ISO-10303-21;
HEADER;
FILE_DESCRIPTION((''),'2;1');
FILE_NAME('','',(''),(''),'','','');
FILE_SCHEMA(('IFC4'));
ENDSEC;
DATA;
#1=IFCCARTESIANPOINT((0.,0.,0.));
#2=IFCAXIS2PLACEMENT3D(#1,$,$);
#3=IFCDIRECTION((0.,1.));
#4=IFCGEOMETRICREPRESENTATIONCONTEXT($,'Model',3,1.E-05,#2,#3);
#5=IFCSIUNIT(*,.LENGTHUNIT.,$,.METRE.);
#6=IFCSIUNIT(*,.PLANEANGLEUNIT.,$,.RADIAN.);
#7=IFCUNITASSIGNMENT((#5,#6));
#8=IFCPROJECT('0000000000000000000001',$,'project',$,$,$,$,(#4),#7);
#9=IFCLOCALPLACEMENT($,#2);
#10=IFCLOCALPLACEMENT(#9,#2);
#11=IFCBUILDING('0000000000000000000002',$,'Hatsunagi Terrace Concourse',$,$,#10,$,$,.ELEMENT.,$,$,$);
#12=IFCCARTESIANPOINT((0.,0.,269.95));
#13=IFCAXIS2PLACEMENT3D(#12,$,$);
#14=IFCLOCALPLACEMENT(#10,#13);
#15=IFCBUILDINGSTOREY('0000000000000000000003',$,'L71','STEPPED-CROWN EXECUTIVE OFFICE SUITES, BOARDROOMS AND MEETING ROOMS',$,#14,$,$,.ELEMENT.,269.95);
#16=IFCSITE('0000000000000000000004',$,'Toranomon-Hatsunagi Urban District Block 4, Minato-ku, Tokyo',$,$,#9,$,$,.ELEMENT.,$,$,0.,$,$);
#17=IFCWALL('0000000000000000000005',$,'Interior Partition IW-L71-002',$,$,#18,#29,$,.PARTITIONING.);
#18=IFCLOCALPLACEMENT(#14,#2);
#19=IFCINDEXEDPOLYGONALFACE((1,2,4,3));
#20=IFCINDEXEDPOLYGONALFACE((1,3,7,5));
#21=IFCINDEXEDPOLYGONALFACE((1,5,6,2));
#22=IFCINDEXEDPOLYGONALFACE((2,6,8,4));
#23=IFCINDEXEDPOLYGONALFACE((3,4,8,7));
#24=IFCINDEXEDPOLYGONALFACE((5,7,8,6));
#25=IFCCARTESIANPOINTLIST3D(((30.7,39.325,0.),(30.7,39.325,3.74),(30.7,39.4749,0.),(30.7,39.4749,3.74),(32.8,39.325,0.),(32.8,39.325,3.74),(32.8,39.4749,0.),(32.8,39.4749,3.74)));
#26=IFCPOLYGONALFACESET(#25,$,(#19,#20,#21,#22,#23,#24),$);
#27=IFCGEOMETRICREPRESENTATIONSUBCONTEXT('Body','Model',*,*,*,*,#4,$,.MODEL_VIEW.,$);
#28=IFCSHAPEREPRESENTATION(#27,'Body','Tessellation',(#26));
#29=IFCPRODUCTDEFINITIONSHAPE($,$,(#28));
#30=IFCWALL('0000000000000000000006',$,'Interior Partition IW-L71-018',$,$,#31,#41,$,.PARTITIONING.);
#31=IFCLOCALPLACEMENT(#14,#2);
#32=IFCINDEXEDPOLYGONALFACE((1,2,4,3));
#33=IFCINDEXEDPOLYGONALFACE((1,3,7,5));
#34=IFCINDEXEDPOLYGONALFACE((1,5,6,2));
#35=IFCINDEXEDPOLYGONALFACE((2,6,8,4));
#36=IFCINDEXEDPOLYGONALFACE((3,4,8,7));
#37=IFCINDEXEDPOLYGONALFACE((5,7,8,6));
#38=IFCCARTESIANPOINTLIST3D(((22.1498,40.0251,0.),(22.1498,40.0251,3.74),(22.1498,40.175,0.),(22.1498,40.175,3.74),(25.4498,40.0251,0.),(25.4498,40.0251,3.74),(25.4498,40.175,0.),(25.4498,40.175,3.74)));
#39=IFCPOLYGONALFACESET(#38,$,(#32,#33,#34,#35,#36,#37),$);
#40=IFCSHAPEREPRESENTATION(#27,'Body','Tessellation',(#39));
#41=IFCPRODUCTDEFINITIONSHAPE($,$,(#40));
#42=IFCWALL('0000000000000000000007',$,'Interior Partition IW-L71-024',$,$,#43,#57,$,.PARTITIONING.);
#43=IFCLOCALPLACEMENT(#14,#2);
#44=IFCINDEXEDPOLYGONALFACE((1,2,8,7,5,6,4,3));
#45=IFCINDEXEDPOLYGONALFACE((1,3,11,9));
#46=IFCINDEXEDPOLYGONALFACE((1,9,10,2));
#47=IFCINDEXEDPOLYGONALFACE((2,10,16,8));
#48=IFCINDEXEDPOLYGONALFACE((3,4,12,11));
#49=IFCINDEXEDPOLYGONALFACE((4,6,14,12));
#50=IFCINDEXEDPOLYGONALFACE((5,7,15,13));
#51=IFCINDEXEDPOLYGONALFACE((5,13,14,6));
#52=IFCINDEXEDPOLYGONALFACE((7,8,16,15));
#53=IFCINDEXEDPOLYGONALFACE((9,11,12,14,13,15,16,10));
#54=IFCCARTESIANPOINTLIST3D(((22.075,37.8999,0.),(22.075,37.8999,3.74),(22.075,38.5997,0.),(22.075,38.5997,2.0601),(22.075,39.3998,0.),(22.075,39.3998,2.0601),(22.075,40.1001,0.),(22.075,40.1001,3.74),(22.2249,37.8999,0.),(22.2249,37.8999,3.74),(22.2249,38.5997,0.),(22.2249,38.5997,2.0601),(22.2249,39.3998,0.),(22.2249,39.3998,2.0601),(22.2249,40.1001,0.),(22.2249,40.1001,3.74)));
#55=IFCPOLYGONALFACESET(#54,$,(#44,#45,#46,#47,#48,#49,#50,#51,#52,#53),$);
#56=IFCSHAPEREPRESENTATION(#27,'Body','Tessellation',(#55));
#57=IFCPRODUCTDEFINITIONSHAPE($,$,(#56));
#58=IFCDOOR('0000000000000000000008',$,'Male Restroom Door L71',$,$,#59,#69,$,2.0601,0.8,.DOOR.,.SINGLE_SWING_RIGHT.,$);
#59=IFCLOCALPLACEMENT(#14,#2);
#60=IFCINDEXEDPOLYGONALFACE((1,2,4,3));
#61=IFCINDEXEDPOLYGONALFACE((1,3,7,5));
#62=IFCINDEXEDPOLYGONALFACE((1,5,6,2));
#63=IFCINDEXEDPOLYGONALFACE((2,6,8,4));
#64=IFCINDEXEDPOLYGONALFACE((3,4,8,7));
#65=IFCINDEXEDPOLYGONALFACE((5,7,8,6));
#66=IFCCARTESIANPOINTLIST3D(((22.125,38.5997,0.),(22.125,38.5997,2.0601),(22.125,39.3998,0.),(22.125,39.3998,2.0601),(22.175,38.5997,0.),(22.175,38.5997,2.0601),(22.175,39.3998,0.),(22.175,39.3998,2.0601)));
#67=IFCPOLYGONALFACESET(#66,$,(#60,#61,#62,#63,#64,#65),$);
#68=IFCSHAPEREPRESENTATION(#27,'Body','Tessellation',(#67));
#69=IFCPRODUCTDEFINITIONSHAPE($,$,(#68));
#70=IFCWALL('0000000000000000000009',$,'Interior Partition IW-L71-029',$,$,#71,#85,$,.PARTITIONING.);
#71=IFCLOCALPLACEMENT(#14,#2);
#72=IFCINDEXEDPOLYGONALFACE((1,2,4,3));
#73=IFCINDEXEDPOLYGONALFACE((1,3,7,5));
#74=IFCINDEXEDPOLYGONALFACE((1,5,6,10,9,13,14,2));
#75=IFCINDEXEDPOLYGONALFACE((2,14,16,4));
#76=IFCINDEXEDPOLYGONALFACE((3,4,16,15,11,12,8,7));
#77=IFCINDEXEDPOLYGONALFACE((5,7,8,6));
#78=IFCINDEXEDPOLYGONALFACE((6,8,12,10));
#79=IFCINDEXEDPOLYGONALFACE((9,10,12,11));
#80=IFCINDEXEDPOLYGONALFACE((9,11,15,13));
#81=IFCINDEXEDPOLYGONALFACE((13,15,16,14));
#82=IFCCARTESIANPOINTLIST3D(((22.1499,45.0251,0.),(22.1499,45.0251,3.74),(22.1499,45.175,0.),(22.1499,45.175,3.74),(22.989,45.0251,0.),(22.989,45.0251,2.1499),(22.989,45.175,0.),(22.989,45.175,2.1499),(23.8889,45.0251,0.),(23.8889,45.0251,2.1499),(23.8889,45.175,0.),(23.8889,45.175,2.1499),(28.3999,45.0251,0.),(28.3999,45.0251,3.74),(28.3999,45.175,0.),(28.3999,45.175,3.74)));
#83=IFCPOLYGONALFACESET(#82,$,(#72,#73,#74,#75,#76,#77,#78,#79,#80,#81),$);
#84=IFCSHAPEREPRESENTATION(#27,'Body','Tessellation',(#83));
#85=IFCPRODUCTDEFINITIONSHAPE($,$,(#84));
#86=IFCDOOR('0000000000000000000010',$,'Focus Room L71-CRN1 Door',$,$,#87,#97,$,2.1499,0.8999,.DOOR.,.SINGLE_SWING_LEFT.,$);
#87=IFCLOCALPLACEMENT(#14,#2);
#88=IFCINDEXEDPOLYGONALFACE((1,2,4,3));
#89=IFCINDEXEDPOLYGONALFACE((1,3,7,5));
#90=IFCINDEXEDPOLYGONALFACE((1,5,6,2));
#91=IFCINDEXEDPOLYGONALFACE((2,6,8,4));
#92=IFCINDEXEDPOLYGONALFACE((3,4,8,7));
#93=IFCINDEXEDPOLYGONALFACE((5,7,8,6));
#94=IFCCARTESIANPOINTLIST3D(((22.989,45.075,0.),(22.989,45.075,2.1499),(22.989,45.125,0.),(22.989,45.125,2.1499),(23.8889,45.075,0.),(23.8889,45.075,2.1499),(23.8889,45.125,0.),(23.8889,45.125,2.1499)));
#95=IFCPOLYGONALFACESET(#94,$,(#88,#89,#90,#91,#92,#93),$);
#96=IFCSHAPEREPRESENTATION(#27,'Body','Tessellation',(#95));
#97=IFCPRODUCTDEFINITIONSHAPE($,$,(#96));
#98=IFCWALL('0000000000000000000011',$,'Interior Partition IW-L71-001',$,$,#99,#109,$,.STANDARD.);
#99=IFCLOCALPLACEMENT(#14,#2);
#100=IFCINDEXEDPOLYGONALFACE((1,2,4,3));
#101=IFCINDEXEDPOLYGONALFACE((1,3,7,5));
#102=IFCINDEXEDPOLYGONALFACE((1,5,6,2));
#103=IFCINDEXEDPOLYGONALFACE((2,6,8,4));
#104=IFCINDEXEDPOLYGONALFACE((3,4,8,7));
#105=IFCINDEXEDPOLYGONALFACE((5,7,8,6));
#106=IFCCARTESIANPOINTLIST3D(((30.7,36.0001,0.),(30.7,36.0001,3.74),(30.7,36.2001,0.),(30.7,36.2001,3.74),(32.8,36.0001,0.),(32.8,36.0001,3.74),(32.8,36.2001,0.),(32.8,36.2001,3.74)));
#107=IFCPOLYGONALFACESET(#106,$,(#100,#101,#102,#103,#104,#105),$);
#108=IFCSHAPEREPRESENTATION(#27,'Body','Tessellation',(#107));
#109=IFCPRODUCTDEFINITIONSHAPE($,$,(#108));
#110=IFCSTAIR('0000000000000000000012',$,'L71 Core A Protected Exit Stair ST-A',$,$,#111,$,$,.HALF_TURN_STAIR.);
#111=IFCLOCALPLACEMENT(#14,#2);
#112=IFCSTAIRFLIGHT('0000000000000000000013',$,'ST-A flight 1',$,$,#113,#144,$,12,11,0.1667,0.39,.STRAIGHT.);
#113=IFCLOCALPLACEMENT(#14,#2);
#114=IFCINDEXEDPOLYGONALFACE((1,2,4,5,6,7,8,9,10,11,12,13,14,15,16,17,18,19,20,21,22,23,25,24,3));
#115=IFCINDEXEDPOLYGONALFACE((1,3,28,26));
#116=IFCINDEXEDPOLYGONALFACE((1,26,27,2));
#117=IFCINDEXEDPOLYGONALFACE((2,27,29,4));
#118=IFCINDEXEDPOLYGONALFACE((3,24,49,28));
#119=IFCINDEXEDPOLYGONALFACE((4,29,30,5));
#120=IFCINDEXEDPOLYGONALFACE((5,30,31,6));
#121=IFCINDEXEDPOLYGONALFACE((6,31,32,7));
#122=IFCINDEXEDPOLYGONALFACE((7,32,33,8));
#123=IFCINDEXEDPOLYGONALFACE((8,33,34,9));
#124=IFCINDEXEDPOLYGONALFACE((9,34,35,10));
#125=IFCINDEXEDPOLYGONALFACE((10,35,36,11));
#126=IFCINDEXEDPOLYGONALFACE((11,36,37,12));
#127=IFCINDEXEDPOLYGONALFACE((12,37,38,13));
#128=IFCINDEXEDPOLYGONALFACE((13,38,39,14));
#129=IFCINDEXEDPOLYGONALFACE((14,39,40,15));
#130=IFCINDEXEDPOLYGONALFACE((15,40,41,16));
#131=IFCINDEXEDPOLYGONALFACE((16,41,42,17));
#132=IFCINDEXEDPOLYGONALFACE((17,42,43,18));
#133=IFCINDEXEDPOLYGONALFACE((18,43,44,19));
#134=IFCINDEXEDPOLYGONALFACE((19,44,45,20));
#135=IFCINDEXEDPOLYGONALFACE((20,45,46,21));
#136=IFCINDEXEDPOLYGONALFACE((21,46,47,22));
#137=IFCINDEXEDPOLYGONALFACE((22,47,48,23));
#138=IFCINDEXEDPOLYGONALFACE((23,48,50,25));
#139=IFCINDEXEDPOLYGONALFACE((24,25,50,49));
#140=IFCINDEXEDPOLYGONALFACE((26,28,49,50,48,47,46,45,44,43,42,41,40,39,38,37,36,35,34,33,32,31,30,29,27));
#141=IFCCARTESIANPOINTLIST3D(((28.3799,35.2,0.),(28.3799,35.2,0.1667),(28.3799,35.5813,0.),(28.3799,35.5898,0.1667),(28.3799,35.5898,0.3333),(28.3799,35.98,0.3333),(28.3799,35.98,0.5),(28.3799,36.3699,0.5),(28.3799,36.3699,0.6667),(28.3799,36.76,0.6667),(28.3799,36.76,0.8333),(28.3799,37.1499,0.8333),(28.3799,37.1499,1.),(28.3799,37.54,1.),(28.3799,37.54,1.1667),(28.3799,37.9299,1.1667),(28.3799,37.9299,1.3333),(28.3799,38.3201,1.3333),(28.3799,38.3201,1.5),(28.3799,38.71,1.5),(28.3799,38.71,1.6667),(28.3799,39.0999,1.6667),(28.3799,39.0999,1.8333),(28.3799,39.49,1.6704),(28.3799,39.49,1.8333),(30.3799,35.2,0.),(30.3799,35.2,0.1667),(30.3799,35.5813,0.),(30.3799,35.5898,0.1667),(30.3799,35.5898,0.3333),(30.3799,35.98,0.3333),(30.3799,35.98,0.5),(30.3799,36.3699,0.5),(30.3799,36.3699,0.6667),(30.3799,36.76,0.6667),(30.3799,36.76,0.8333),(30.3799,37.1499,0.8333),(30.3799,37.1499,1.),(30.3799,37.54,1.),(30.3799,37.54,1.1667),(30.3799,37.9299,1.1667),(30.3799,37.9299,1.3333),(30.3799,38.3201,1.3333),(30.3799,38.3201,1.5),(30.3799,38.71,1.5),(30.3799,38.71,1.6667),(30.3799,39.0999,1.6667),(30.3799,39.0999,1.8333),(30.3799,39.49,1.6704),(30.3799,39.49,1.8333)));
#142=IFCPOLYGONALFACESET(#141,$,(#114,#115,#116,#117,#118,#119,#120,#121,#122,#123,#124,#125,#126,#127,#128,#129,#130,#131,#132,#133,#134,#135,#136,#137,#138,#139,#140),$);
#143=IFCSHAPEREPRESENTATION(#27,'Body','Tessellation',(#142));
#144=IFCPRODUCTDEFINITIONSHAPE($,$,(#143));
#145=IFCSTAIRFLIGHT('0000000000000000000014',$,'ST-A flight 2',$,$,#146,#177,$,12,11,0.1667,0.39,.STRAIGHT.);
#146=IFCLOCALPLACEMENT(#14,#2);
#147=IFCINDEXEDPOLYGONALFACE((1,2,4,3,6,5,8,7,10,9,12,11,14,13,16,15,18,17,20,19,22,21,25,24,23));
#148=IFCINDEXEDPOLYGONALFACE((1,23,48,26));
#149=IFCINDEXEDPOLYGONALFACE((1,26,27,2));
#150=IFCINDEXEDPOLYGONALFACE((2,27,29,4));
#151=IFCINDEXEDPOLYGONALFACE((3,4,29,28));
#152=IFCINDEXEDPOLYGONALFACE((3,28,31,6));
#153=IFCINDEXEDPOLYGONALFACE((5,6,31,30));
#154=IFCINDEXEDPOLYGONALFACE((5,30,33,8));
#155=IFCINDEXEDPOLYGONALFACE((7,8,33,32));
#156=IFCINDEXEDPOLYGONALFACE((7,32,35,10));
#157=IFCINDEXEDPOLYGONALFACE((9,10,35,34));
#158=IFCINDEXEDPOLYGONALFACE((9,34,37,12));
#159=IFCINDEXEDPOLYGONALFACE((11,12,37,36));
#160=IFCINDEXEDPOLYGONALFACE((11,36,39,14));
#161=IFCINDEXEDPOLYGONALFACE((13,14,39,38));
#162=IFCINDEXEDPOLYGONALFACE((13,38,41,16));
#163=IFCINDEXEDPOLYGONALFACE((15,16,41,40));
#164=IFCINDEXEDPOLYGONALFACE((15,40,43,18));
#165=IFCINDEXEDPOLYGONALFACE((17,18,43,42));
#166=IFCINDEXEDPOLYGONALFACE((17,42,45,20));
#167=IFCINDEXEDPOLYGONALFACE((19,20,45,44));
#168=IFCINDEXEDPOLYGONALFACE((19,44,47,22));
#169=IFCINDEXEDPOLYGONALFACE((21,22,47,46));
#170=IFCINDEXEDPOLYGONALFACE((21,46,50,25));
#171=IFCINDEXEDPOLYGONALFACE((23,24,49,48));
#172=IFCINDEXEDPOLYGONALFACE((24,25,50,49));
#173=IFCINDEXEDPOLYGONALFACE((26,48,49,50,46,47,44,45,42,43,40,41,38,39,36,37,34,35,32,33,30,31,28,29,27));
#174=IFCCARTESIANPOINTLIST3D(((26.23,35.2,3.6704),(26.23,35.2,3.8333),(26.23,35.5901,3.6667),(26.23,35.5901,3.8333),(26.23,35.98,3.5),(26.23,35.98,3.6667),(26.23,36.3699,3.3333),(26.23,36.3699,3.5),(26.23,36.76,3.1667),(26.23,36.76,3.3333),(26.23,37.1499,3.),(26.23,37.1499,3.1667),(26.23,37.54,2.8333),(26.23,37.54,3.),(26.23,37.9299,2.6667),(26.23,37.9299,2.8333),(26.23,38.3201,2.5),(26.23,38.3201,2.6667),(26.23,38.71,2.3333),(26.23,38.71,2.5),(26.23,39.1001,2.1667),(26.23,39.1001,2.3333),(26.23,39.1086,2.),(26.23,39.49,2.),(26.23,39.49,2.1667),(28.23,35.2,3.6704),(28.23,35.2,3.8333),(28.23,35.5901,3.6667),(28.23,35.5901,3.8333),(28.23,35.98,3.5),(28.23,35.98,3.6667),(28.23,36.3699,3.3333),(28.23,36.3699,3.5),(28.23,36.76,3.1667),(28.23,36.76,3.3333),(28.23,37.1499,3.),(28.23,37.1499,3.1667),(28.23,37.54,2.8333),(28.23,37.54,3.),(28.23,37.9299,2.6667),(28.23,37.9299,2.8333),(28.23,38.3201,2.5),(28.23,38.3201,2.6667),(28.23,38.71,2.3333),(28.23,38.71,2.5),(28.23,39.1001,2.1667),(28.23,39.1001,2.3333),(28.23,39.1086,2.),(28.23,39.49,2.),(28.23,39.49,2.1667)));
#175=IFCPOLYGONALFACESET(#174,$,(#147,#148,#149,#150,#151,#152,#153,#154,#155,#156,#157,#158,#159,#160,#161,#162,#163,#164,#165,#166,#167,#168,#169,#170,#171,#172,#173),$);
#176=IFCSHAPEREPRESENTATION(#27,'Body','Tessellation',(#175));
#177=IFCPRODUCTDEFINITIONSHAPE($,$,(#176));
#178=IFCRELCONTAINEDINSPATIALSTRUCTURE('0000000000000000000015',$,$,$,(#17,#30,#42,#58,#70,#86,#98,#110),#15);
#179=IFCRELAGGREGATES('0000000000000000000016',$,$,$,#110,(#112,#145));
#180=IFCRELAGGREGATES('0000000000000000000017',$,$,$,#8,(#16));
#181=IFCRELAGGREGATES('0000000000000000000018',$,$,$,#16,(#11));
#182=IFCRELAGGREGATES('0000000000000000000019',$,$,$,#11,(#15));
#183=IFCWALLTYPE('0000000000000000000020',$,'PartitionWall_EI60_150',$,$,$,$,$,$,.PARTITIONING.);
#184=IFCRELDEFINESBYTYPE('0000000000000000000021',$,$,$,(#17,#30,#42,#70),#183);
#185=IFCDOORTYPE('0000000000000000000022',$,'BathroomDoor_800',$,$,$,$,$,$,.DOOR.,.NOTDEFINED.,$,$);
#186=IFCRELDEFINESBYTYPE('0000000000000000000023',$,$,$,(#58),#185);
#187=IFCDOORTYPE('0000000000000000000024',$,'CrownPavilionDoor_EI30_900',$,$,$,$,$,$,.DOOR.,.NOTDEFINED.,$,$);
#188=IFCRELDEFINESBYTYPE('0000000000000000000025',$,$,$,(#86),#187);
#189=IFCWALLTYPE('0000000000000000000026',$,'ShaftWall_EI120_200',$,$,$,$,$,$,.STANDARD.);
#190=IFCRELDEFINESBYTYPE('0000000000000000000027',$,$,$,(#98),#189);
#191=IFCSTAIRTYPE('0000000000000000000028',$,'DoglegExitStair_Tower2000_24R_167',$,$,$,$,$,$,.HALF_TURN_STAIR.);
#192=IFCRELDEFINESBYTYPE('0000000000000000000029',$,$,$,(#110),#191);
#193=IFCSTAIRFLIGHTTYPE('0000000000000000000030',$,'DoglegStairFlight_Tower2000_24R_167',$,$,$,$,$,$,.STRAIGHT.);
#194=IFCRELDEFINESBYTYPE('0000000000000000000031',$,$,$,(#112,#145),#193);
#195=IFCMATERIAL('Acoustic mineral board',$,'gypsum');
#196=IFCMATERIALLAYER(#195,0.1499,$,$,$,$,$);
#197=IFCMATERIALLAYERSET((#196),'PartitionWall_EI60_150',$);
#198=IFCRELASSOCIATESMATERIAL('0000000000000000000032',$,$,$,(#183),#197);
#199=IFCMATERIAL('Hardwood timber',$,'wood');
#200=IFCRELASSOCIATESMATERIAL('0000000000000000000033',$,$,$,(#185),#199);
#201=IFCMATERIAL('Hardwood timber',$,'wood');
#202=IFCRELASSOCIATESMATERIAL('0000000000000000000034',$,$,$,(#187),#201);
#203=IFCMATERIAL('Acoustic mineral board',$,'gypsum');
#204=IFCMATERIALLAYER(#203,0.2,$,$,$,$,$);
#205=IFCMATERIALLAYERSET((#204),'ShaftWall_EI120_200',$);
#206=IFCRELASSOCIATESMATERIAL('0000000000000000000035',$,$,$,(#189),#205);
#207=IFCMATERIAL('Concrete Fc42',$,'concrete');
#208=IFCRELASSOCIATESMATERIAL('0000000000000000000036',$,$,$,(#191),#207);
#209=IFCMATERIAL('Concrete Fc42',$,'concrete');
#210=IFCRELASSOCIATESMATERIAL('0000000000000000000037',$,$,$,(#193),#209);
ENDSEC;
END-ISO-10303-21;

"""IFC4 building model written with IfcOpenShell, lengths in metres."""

from ifc_helpers import new_model, si_unit, direction, frame, frame_2d, origin, place, context, subcontext, project, spatial, polyline, rectangle, outline, extrude, material, layer, layer_set, type_object, element, fill, aggregate, save


model = new_model("IFC4")

# Units and contexts
model_context = context("Model", 3, precision=1e-05, world=origin(), true_north=direction((0.0, 1.0)))
body_context = subcontext(model_context, "Body", "Model", "MODEL_VIEW")
ifc_project = project(units=[si_unit("LENGTHUNIT", "METRE"), si_unit("PLANEANGLEUNIT", "RADIAN")], contexts=[model_context])

# Site, building, storey
site_placement = place(None, origin())
site = spatial("IfcSite", under=ifc_project, at=site_placement, Name="Toranomon-Hatsunagi Urban District Block 4, Minato-ku, Tokyo", CompositionType="ELEMENT", RefElevation=0.0)
building_placement = place(site_placement, origin())
building = spatial("IfcBuilding", under=site, at=building_placement, Name="Hatsunagi Terrace Concourse", CompositionType="ELEMENT")
storey_placement = place(building_placement, frame((0.0, 0.0, 269.95)))
storey = spatial("IfcBuildingStorey", under=building, at=storey_placement, Name="L71", Description="STEPPED-CROWN EXECUTIVE OFFICE SUITES, BOARDROOMS AND MEETING ROOMS", CompositionType="ELEMENT", Elevation=269.95)

# Walls
ifc_material_1 = material(Name="Acoustic mineral board", Category="gypsum")
ifc_layer_1 = layer(ifc_material_1, 0.1499)
ifc_layer_set_1 = layer_set([ifc_layer_1], Name="PartitionWall_EI60_150")
wall_type_1 = type_object("IfcWallType", Name="PartitionWall_EI60_150", PredefinedType="PARTITIONING", material=ifc_layer_set_1)
wall_1_placement = place(storey_placement, frame((30.7, 39.3999, 0.0), z_axis=(0.0, 0.0, 1.0), x_axis=(1.0, 0.0, 0.0)))
element("IfcWall", 1, at=wall_1_placement, inside=storey, type_object=wall_type_1, Name="Interior Partition IW-L71-002", PredefinedType="PARTITIONING", context=body_context, shape_type="SweptSolid", body=[
    extrude(rectangle(XDim=2.1001, YDim=0.1499, at=frame_2d((1.05, 0.0))), origin(), (0.0, 0.0, 1.0), 3.74),
])
wall_2_placement = place(storey_placement, frame((22.1499, 40.1001, 0.0), z_axis=(0.0, 0.0, 1.0), x_axis=(1.0, 0.0, 0.0)))
element("IfcWall", 2, at=wall_2_placement, inside=storey, type_object=wall_type_1, Name="Interior Partition IW-L71-018", PredefinedType="PARTITIONING", context=body_context, shape_type="SweptSolid", body=[
    extrude(rectangle(XDim=3.3, YDim=0.1499, at=frame_2d((1.6499, 0.0))), origin(), (0.0, 0.0, 1.0), 3.74),
])

# Walls, openings, doors
wall_3_placement = place(storey_placement, frame((22.1499, 37.8999, 0.0), z_axis=(0.0, 0.0, 1.0), x_axis=(0.0, 1.0, 0.0)))
wall_3 = element("IfcWall", 3, at=wall_3_placement, inside=storey, type_object=wall_type_1, Name="Interior Partition IW-L71-024", PredefinedType="PARTITIONING", context=body_context, shape_type="SweptSolid", body=[
    extrude(rectangle(XDim=2.2002, YDim=0.1499, at=frame_2d((1.1001, 0.0))), origin(), (0.0, 0.0, 1.0), 3.74),
])
opening_1_placement = place(wall_3_placement, frame((0.7, 0.0, 0.0)))
opening_1 = element("IfcOpeningElement", 4, at=opening_1_placement, cuts=wall_3, PredefinedType="OPENING", context=body_context, shape_type="SweptSolid", body=[
    extrude(rectangle(XDim=0.8, YDim=2.0601, at=frame_2d((0.3999, 1.03))), frame((0.0, 0.085, 0.0), z_axis=(0.0, -1.0, 0.0), x_axis=(1.0, 0.0, 0.0)), (0.0, 0.0, 1.0), 0.1699),
])
ifc_material_2 = material(Name="Hardwood timber", Category="wood")
door_type_1 = type_object("IfcDoorType", Name="BathroomDoor_800", OperationType="NOTDEFINED", PredefinedType="DOOR", material=ifc_material_2)
door_1_placement = place(opening_1_placement, origin())
door_1 = element("IfcDoor", 5, at=door_1_placement, inside=storey, type_object=door_type_1, Name="Male Restroom Door L71", OperationType="SINGLE_SWING_RIGHT", OverallHeight=2.0601, OverallWidth=0.8, PredefinedType="DOOR", context=body_context, shape_type="SweptSolid", body=[
    extrude(rectangle(XDim=0.8, YDim=2.0601, at=frame_2d((0.3999, 1.03))), frame((0.0, 0.0249, 0.0), z_axis=(0.0, -1.0, 0.0), x_axis=(1.0, 0.0, 0.0)), (0.0, 0.0, 1.0), 0.05),
])
fill(opening_1, door_1)
wall_4_placement = place(storey_placement, frame((22.1499, 45.1001, 0.0), z_axis=(0.0, 0.0, 1.0), x_axis=(1.0, 0.0, 0.0)))
wall_4 = element("IfcWall", 6, at=wall_4_placement, inside=storey, type_object=wall_type_1, Name="Interior Partition IW-L71-029", PredefinedType="PARTITIONING", context=body_context, shape_type="SweptSolid", body=[
    extrude(rectangle(XDim=6.25, YDim=0.1499, at=frame_2d((3.125, 0.0))), origin(), (0.0, 0.0, 1.0), 3.74),
])
opening_2_placement = place(wall_4_placement, frame((0.8391, 0.0, 0.0)))
opening_2 = element("IfcOpeningElement", 7, at=opening_2_placement, cuts=wall_4, PredefinedType="OPENING", context=body_context, shape_type="SweptSolid", body=[
    extrude(rectangle(XDim=0.8999, YDim=2.1499, at=frame_2d((0.45, 1.075))), frame((0.0, 0.085, 0.0), z_axis=(0.0, -1.0, 0.0), x_axis=(1.0, 0.0, 0.0)), (0.0, 0.0, 1.0), 0.1699),
])
ifc_material_3 = material(Name="Hardwood timber", Category="wood")
door_type_2 = type_object("IfcDoorType", Name="CrownPavilionDoor_EI30_900", OperationType="NOTDEFINED", PredefinedType="DOOR", material=ifc_material_3)
door_2_placement = place(opening_2_placement, origin())
door_2 = element("IfcDoor", 8, at=door_2_placement, inside=storey, type_object=door_type_2, Name="Focus Room L71-CRN1 Door", OperationType="SINGLE_SWING_LEFT", OverallHeight=2.1499, OverallWidth=0.8999, PredefinedType="DOOR", context=body_context, shape_type="SweptSolid", body=[
    extrude(rectangle(XDim=0.8999, YDim=2.1499, at=frame_2d((0.45, 1.075))), frame((0.0, 0.0249, 0.0), z_axis=(0.0, -1.0, 0.0), x_axis=(1.0, 0.0, 0.0)), (0.0, 0.0, 1.0), 0.05),
])
fill(opening_2, door_2)

# Wall
ifc_material_4 = material(Name="Acoustic mineral board", Category="gypsum")
ifc_layer_2 = layer(ifc_material_4, 0.2)
ifc_layer_set_2 = layer_set([ifc_layer_2], Name="ShaftWall_EI120_200")
wall_type_2 = type_object("IfcWallType", Name="ShaftWall_EI120_200", PredefinedType="STANDARD", material=ifc_layer_set_2)
wall_5_placement = place(storey_placement, frame((30.7, 36.1001, 0.0), z_axis=(0.0, 0.0, 1.0), x_axis=(1.0, 0.0, 0.0)))
element("IfcWall", 9, at=wall_5_placement, inside=storey, type_object=wall_type_2, Name="Interior Partition IW-L71-001", PredefinedType="STANDARD", context=body_context, shape_type="SweptSolid", body=[
    extrude(rectangle(XDim=2.1001, YDim=0.2, at=frame_2d((1.05, 0.0))), origin(), (0.0, 0.0, 1.0), 3.74),
])

# Stair, stair flights
ifc_material_5 = material(Name="Concrete Fc42", Category="concrete")
stair_type = type_object("IfcStairType", Name="DoglegExitStair_Tower2000_24R_167", PredefinedType="HALF_TURN_STAIR", material=ifc_material_5)
stair_placement = place(storey_placement, origin())
stair = element("IfcStair", 10, at=stair_placement, inside=storey, type_object=stair_type, Name="L71 Core A Protected Exit Stair ST-A", PredefinedType="HALF_TURN_STAIR")
ifc_material_6 = material(Name="Concrete Fc42", Category="concrete")
stair_flight_type = type_object("IfcStairFlightType", Name="DoglegStairFlight_Tower2000_24R_167", PredefinedType="STRAIGHT", material=ifc_material_6)
stair_flight_1_placement = place(storey_placement, frame((29.3799, 35.2, 0.0), z_axis=(0.0, 0.0, 1.0), x_axis=(0.0, 1.0, 0.0)))
stair_flight_1 = element("IfcStairFlight", 11, at=stair_flight_1_placement, type_object=stair_flight_type, Name="ST-A flight 1", NumberOfRisers=12, NumberOfTreads=11, PredefinedType="STRAIGHT", RiserHeight=0.1667, TreadLength=0.39, context=body_context, shape_type="SweptSolid", body=[
    extrude(outline(polyline([(0.0, 0.0), (0.0, 0.1667), (0.3899, 0.1667), (0.3899, 0.3333), (0.78, 0.3333), (0.78, 0.5), (1.1699, 0.5), (1.1699, 0.6667), (1.5601, 0.6667), (1.5601, 0.8333), (1.95, 0.8333), (1.95, 1.0), (2.3401, 1.0), (2.3401, 1.1667), (2.73, 1.1667), (2.73, 1.3333), (3.1201, 1.3333), (3.1201, 1.5), (3.51, 1.5), (3.51, 1.6667), (3.8999, 1.6667), (3.8999, 1.8333), (4.29, 1.8333), (4.29, 2.0), (4.29, 1.6704), (0.3813, 0.0), (0.0, 0.0)])), frame((0.0, 1.0, 0.0), z_axis=(0.0, -1.0, 0.0), x_axis=(1.0, 0.0, 0.0)), (0.0, 0.0, 1.0), 2.0),
])
stair_flight_2_placement = place(storey_placement, frame((27.23, 39.49, 2.0), z_axis=(0.0, 0.0, 1.0), x_axis=(0.0, -1.0, 0.0)))
stair_flight_2 = element("IfcStairFlight", 12, at=stair_flight_2_placement, type_object=stair_flight_type, Name="ST-A flight 2", NumberOfRisers=12, NumberOfTreads=11, PredefinedType="STRAIGHT", RiserHeight=0.1667, TreadLength=0.39, context=body_context, shape_type="SweptSolid", body=[
    extrude(outline(polyline([(0.0, 0.0), (0.0, 0.1667), (0.3899, 0.1667), (0.3899, 0.3333), (0.78, 0.3333), (0.78, 0.5), (1.1699, 0.5), (1.1699, 0.6667), (1.5601, 0.6667), (1.5601, 0.8333), (1.95, 0.8333), (1.95, 1.0), (2.3401, 1.0), (2.3401, 1.1667), (2.73, 1.1667), (2.73, 1.3333), (3.1201, 1.3333), (3.1201, 1.5), (3.51, 1.5), (3.51, 1.6667), (3.8999, 1.6667), (3.8999, 1.8333), (4.29, 1.8333), (4.29, 2.0), (4.29, 1.6704), (0.3813, 0.0), (0.0, 0.0)])), frame((0.0, 1.0, 0.0), z_axis=(0.0, -1.0, 0.0), x_axis=(1.0, 0.0, 0.0)), (0.0, 0.0, 1.0), 2.0),
])
aggregate(stair, [stair_flight_1, stair_flight_2])

save(model, "model.ifc")
